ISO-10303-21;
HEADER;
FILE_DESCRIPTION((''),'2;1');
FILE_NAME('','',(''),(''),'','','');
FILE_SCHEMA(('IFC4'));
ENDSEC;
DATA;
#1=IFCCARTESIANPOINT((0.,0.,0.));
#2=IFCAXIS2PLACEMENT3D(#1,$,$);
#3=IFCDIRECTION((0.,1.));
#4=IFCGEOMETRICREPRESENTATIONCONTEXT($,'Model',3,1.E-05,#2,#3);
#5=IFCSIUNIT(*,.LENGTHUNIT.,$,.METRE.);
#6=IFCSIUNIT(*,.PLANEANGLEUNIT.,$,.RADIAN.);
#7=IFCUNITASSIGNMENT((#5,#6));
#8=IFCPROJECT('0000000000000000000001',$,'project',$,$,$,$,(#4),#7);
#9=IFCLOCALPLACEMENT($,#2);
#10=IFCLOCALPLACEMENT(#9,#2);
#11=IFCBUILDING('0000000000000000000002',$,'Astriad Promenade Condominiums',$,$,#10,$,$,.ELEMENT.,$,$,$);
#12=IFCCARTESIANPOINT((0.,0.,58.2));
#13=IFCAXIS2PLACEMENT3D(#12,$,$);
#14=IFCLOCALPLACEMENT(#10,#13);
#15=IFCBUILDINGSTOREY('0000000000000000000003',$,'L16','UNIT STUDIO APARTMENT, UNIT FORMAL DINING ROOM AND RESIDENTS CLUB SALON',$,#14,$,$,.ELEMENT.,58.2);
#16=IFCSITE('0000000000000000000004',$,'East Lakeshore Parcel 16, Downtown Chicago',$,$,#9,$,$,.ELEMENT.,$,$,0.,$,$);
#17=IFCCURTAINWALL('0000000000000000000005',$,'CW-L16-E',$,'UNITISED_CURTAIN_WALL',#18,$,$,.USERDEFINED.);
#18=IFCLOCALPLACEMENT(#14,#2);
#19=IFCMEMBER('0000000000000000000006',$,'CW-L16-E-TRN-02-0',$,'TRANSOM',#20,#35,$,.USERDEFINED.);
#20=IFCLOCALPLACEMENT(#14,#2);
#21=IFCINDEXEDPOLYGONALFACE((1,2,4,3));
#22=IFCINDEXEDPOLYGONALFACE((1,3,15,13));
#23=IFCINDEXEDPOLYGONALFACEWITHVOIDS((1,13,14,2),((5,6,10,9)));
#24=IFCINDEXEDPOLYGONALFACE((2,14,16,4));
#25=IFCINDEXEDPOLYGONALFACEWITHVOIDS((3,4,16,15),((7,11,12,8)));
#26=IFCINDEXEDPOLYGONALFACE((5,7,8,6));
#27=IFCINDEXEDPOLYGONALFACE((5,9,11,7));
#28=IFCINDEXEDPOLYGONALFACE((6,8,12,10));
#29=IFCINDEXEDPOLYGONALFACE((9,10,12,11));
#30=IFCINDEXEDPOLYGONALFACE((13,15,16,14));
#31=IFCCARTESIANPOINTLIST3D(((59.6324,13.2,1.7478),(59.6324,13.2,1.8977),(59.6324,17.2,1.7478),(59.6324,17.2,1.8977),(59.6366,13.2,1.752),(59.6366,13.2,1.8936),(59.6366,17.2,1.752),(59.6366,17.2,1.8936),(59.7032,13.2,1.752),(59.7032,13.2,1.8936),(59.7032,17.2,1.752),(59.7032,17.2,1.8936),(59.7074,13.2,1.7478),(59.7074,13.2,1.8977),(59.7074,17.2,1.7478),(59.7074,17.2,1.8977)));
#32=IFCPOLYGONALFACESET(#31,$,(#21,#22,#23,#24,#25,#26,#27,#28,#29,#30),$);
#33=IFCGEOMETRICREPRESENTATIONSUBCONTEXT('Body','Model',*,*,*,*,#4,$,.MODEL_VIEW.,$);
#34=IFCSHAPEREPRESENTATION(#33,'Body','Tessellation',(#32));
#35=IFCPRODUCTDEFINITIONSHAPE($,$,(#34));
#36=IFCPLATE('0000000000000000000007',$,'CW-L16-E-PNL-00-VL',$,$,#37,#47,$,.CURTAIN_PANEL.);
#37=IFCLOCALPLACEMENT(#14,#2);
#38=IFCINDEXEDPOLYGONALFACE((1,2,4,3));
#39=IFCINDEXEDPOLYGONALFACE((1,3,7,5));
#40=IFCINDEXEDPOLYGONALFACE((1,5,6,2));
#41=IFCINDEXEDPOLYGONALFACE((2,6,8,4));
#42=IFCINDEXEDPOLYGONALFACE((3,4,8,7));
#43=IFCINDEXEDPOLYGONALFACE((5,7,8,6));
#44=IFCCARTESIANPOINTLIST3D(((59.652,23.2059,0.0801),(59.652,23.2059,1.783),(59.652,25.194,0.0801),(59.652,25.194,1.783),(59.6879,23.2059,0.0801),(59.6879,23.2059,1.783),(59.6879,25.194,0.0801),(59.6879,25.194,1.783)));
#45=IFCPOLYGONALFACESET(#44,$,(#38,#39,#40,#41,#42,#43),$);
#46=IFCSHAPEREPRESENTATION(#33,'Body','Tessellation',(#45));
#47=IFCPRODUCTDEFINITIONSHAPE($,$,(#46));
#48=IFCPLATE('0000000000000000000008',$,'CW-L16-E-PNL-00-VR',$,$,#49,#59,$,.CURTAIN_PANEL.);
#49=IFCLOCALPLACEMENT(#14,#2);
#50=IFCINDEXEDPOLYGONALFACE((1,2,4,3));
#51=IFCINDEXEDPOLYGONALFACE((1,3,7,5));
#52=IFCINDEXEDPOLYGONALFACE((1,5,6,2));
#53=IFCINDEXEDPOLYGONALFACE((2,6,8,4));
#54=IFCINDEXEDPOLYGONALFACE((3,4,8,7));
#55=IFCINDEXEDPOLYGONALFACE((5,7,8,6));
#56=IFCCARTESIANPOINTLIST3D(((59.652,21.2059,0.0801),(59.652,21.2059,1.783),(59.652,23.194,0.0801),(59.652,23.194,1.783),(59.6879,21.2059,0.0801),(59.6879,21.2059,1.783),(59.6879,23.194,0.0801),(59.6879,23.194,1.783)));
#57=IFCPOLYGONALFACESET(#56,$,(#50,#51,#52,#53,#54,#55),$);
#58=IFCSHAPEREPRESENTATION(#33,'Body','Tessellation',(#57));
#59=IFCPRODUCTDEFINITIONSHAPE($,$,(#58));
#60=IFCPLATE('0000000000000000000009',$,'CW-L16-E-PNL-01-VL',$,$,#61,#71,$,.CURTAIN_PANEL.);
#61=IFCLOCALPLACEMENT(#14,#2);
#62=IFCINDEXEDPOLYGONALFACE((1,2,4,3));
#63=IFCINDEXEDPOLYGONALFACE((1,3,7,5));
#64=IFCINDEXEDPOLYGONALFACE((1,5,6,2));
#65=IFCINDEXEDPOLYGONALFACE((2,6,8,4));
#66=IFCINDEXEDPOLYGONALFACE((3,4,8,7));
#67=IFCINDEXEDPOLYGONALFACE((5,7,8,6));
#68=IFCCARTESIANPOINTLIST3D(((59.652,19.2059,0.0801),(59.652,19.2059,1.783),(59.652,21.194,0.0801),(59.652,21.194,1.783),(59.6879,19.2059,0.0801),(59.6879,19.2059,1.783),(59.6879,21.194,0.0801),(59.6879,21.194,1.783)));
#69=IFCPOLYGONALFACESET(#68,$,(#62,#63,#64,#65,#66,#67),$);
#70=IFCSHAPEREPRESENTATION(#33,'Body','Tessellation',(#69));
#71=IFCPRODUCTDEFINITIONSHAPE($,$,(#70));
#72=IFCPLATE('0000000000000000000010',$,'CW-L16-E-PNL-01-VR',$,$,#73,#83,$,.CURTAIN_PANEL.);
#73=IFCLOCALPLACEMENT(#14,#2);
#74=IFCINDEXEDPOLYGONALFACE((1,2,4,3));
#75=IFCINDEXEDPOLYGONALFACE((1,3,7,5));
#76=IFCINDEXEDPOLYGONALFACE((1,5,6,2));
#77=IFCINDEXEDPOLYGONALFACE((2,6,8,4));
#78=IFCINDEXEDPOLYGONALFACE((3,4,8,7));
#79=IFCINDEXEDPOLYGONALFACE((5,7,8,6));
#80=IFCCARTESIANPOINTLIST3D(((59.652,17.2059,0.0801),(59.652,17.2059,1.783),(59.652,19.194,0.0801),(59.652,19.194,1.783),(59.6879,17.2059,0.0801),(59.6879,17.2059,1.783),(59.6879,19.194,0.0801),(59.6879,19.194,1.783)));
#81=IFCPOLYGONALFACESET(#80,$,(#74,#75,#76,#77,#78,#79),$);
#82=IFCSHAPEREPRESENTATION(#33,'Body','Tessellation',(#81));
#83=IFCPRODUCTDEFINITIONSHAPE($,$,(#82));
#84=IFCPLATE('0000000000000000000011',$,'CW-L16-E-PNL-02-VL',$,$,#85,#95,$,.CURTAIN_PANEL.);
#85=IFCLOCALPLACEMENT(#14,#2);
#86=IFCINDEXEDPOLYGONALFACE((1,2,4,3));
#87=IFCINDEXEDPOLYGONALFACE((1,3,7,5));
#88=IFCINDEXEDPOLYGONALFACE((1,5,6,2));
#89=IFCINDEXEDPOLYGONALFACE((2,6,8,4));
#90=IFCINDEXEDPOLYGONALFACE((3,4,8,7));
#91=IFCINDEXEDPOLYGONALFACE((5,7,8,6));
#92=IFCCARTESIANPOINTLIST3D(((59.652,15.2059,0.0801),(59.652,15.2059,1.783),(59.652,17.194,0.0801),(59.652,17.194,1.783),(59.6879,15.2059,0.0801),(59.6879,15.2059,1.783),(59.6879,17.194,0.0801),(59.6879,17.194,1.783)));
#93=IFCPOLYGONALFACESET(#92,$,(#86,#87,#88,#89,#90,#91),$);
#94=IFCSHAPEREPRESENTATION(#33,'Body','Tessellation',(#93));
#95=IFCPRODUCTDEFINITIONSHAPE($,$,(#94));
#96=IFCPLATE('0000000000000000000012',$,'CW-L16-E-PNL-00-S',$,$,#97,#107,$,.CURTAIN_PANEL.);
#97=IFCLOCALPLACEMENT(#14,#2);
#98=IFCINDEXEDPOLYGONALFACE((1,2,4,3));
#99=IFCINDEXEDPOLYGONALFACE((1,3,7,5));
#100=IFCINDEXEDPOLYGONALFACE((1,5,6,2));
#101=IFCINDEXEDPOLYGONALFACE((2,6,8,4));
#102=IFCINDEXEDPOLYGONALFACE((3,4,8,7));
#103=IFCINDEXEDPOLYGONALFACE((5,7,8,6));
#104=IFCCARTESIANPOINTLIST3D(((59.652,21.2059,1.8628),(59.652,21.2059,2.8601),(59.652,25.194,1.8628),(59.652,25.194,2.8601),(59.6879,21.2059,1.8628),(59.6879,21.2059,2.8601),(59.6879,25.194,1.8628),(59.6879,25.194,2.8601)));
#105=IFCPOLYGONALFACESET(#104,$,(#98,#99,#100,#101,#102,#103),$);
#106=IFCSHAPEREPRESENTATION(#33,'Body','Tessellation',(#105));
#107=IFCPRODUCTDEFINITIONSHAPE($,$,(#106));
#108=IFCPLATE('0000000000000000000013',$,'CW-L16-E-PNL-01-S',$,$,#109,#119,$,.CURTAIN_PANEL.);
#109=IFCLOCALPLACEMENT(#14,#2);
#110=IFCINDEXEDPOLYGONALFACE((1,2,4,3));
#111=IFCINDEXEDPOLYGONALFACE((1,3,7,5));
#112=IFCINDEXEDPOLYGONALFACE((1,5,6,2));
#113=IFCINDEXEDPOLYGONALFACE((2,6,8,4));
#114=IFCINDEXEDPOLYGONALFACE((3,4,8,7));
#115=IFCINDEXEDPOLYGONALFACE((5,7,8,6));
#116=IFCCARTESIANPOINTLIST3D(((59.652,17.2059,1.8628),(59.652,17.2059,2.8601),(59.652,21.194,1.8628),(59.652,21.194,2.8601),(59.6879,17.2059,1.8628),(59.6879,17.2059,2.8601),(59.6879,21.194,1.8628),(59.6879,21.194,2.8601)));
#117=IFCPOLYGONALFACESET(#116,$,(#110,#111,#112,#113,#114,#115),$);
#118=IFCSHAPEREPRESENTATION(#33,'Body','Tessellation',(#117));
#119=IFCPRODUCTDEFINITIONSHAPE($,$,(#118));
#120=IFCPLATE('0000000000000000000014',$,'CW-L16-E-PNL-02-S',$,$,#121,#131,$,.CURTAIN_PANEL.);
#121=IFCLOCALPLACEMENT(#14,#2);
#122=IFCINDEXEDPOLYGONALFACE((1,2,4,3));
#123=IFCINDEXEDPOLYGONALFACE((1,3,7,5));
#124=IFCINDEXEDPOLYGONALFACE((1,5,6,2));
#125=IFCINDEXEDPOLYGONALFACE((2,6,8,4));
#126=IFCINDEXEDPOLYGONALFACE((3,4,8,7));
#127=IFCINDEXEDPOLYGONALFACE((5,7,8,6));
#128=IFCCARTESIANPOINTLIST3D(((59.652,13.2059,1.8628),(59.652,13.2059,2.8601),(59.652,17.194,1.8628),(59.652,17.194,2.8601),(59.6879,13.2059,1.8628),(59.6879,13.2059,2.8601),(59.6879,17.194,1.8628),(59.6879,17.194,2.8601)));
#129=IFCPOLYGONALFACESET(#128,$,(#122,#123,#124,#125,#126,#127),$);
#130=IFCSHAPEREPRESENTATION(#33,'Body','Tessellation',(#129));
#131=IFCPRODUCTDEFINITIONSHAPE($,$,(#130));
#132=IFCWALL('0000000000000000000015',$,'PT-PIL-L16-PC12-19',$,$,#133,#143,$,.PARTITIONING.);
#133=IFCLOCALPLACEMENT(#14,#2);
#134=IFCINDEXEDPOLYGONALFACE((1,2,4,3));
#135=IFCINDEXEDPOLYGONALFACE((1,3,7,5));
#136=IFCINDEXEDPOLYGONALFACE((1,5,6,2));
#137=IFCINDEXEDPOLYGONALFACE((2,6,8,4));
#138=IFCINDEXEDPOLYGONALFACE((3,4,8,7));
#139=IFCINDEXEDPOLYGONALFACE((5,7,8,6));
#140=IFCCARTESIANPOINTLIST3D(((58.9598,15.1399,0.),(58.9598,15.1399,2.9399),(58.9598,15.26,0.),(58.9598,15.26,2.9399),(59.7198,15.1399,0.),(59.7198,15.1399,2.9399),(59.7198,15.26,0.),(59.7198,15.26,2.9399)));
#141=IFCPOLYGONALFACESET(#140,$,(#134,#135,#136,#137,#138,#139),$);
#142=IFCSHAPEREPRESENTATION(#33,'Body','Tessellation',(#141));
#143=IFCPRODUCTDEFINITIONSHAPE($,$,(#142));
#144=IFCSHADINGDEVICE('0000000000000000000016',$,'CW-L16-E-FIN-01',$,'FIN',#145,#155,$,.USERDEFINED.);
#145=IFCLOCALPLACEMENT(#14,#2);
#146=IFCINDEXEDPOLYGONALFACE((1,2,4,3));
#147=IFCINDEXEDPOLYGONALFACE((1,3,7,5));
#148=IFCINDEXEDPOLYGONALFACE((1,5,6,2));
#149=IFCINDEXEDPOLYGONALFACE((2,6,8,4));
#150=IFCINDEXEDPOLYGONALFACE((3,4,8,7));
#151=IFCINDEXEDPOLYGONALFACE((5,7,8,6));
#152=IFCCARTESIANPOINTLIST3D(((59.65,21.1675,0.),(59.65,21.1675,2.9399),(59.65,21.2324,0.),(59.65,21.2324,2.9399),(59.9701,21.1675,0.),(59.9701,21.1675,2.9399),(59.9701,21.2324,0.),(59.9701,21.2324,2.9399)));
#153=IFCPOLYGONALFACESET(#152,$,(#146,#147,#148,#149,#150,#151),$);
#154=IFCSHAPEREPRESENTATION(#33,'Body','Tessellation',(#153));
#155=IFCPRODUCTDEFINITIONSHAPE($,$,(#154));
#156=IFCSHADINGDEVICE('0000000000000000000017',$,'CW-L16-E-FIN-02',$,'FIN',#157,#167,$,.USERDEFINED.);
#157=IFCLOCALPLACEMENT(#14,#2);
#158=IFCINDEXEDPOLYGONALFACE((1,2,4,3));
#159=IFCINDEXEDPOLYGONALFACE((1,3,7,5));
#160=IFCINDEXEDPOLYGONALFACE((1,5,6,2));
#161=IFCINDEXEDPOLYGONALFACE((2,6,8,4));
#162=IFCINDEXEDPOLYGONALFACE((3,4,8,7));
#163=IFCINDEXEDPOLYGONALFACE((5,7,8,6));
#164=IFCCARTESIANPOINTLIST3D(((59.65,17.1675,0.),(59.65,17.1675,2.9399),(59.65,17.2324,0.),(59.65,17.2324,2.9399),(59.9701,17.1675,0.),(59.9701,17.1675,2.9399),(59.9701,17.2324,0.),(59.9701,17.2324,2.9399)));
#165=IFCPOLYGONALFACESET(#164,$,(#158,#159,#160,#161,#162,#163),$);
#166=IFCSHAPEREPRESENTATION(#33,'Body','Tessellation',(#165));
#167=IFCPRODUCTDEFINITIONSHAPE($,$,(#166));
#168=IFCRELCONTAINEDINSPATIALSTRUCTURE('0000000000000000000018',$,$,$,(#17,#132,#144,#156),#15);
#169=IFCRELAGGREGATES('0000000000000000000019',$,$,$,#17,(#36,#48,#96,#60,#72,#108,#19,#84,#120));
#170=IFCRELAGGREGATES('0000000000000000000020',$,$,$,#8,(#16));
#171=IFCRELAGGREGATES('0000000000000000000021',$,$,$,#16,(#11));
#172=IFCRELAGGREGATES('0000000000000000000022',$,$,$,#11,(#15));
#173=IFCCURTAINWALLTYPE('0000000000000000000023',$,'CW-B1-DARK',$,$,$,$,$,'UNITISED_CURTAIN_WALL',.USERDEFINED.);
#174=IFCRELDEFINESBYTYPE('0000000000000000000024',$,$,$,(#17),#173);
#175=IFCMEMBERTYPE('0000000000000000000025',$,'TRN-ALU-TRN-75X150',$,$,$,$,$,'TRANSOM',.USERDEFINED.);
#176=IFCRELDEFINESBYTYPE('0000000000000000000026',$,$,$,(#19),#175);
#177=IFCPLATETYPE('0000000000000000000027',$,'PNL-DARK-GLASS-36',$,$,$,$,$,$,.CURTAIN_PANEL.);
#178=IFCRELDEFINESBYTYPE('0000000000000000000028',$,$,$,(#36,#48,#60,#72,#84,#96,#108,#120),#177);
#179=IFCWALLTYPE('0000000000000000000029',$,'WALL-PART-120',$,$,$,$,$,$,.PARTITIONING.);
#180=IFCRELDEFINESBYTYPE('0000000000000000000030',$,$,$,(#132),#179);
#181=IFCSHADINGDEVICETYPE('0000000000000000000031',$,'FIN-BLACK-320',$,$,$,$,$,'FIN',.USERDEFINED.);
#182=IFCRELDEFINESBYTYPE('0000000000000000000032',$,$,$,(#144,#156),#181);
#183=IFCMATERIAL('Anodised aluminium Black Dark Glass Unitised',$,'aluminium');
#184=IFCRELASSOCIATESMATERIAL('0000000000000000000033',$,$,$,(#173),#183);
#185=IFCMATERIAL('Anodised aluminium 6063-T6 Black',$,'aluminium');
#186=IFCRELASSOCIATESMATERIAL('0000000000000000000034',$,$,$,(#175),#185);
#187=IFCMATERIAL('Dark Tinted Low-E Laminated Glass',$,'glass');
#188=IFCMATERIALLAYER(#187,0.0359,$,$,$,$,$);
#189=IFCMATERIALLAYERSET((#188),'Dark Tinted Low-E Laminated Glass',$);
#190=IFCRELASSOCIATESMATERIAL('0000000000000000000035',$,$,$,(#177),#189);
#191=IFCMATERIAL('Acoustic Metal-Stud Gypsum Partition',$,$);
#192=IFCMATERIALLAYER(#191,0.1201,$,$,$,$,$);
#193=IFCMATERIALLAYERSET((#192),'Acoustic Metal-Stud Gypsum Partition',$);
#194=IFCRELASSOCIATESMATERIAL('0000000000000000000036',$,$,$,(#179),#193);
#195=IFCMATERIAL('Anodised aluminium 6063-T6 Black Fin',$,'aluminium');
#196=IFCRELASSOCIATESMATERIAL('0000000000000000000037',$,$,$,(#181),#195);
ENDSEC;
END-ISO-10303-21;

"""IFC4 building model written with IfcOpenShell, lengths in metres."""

from ifc_helpers import new_model, si_unit, direction, frame, frame_2d, origin, origin_2d, place, context, subcontext, project, spatial, rectangle, hollow_rectangle, extrude, source, transform, mapped, material, layer, layer_set, material_profile, profile_set, type_object, type_shapes, element, aggregate, save


model = new_model("IFC4")

# Units and contexts
model_context = context("Model", 3, precision=1e-05, world=origin(), true_north=direction((0.0, 1.0)))
body_context = subcontext(model_context, "Body", "Model", "MODEL_VIEW")
ifc_project = project(units=[si_unit("LENGTHUNIT", "METRE"), si_unit("PLANEANGLEUNIT", "RADIAN")], contexts=[model_context])

# Site, building, storey
site_placement = place(None, origin())
site = spatial("IfcSite", under=ifc_project, at=site_placement, Name="East Lakeshore Parcel 16, Downtown Chicago", CompositionType="ELEMENT", RefElevation=0.0)
building_placement = place(site_placement, origin())
building = spatial("IfcBuilding", under=site, at=building_placement, Name="Astriad Promenade Condominiums", CompositionType="ELEMENT")
storey_placement = place(building_placement, frame((0.0, 0.0, 58.2)))
storey = spatial("IfcBuildingStorey", under=building, at=storey_placement, Name="L16", Description="UNIT STUDIO APARTMENT, UNIT FORMAL DINING ROOM AND RESIDENTS CLUB SALON", CompositionType="ELEMENT", Elevation=58.2)

# Curtain wall, member, plates
ifc_material_1 = material(Name="Anodised aluminium Black Dark Glass Unitised", Category="aluminium")
curtain_wall_type = type_object("IfcCurtainWallType", Name="CW-B1-DARK", ElementType="UNITISED_CURTAIN_WALL", PredefinedType="USERDEFINED", material=ifc_material_1)
curtain_wall_placement = place(storey_placement, origin())
curtain_wall = element("IfcCurtainWall", 1, at=curtain_wall_placement, inside=storey, type_object=curtain_wall_type, Name="CW-L16-E", ObjectType="UNITISED_CURTAIN_WALL", PredefinedType="USERDEFINED")
ifc_material_2 = material(Name="Anodised aluminium 6063-T6 Black", Category="aluminium")
ifc_material_profile_1 = material_profile(ifc_material_2, hollow_rectangle(XDim=0.075, YDim=0.1499, WallThickness=0.0042, at=origin_2d()), Name="ALU-TRN-75X150")
ifc_profile_set_1 = profile_set([ifc_material_profile_1], Name="Anodised aluminium 6063-T6 Black")
member_type_1 = type_object("IfcMemberType", Name="TRN-ALU-TRN-75X150", ElementType="TRANSOM", PredefinedType="USERDEFINED", material=ifc_profile_set_1)
shared_shape_1 = source(origin(), body_context, "Body", "SweptSolid", [
    extrude(hollow_rectangle(XDim=0.075, YDim=0.1499, WallThickness=0.0042, at=origin_2d()), origin(), (0.0, 0.0, 1.0), 4.0),
])
type_shapes(member_type_1, [shared_shape_1])
member_1_placement = place(storey_placement, frame((59.6699, 17.2, 1.8228), z_axis=(0.0, -1.0, 0.0), x_axis=(1.0, 0.0, 0.0)))
member_1 = element("IfcMember", 2, at=member_1_placement, type_object=member_type_1, Name="CW-L16-E-TRN-02-0", ObjectType="TRANSOM", PredefinedType="USERDEFINED", context=body_context, shape_type="MappedRepresentation", body=[
    mapped(shared_shape_1, transform((0.0, 0.0, 0.0), scale=1.0)),
])
ifc_material_3 = material(Name="Dark Tinted Low-E Laminated Glass", Category="glass")
ifc_layer_1 = layer(ifc_material_3, 0.0359)
ifc_layer_set_1 = layer_set([ifc_layer_1], Name="Dark Tinted Low-E Laminated Glass")
plate_type = type_object("IfcPlateType", Name="PNL-DARK-GLASS-36", PredefinedType="CURTAIN_PANEL", material=ifc_layer_set_1)
shared_shape_2 = source(origin(), body_context, "Body", "SweptSolid", [
    extrude(rectangle(XDim=1.988, YDim=0.0359, at=origin_2d()), origin(), (0.0, 0.0, 1.0), 1.7029),
])
plate_1_placement = place(storey_placement, frame((59.6699, 24.2, 0.0801), z_axis=(0.0, 0.0, 1.0), x_axis=(0.0, -1.0, 0.0)))
plate_1 = element("IfcPlate", 3, at=plate_1_placement, type_object=plate_type, Name="CW-L16-E-PNL-00-VL", PredefinedType="CURTAIN_PANEL", context=body_context, shape_type="MappedRepresentation", body=[
    mapped(shared_shape_2, transform((0.0, 0.0, 0.0), scale=1.0)),
])
plate_2_placement = place(storey_placement, frame((59.6699, 22.2, 0.0801), z_axis=(0.0, 0.0, 1.0), x_axis=(0.0, -1.0, 0.0)))
plate_2 = element("IfcPlate", 4, at=plate_2_placement, type_object=plate_type, Name="CW-L16-E-PNL-00-VR", PredefinedType="CURTAIN_PANEL", context=body_context, shape_type="MappedRepresentation", body=[
    mapped(shared_shape_2, transform((0.0, 0.0, 0.0), scale=1.0)),
])
plate_3_placement = place(storey_placement, frame((59.6699, 20.2, 0.0801), z_axis=(0.0, 0.0, 1.0), x_axis=(0.0, -1.0, 0.0)))
plate_3 = element("IfcPlate", 5, at=plate_3_placement, type_object=plate_type, Name="CW-L16-E-PNL-01-VL", PredefinedType="CURTAIN_PANEL", context=body_context, shape_type="MappedRepresentation", body=[
    mapped(shared_shape_2, transform((0.0, 0.0, 0.0), scale=1.0)),
])
plate_4_placement = place(storey_placement, frame((59.6699, 18.2, 0.0801), z_axis=(0.0, 0.0, 1.0), x_axis=(0.0, -1.0, 0.0)))
plate_4 = element("IfcPlate", 6, at=plate_4_placement, type_object=plate_type, Name="CW-L16-E-PNL-01-VR", PredefinedType="CURTAIN_PANEL", context=body_context, shape_type="MappedRepresentation", body=[
    mapped(shared_shape_2, transform((0.0, 0.0, 0.0), scale=1.0)),
])
plate_5_placement = place(storey_placement, frame((59.6699, 16.2, 0.0801), z_axis=(0.0, 0.0, 1.0), x_axis=(0.0, -1.0, 0.0)))
plate_5 = element("IfcPlate", 7, at=plate_5_placement, type_object=plate_type, Name="CW-L16-E-PNL-02-VL", PredefinedType="CURTAIN_PANEL", context=body_context, shape_type="MappedRepresentation", body=[
    mapped(shared_shape_2, transform((0.0, 0.0, 0.0), scale=1.0)),
])
shared_shape_3 = source(origin(), body_context, "Body", "SweptSolid", [
    extrude(rectangle(XDim=3.988, YDim=0.0359, at=origin_2d()), origin(), (0.0, 0.0, 1.0), 0.9973),
])
type_shapes(plate_type, [shared_shape_2, shared_shape_3])
plate_6_placement = place(storey_placement, frame((59.6699, 23.2, 1.8628), z_axis=(0.0, 0.0, 1.0), x_axis=(0.0, -1.0, 0.0)))
plate_6 = element("IfcPlate", 8, at=plate_6_placement, type_object=plate_type, Name="CW-L16-E-PNL-00-S", PredefinedType="CURTAIN_PANEL", context=body_context, shape_type="MappedRepresentation", body=[
    mapped(shared_shape_3, transform((0.0, 0.0, 0.0), scale=1.0)),
])
plate_7_placement = place(storey_placement, frame((59.6699, 19.2, 1.8628), z_axis=(0.0, 0.0, 1.0), x_axis=(0.0, -1.0, 0.0)))
plate_7 = element("IfcPlate", 9, at=plate_7_placement, type_object=plate_type, Name="CW-L16-E-PNL-01-S", PredefinedType="CURTAIN_PANEL", context=body_context, shape_type="MappedRepresentation", body=[
    mapped(shared_shape_3, transform((0.0, 0.0, 0.0), scale=1.0)),
])
plate_8_placement = place(storey_placement, frame((59.6699, 15.2, 1.8628), z_axis=(0.0, 0.0, 1.0), x_axis=(0.0, -1.0, 0.0)))
plate_8 = element("IfcPlate", 10, at=plate_8_placement, type_object=plate_type, Name="CW-L16-E-PNL-02-S", PredefinedType="CURTAIN_PANEL", context=body_context, shape_type="MappedRepresentation", body=[
    mapped(shared_shape_3, transform((0.0, 0.0, 0.0), scale=1.0)),
])
aggregate(curtain_wall, [plate_1, plate_2, plate_6, plate_3, plate_4, plate_7, member_1, plate_5, plate_8])

# Wall
ifc_material_4 = material(Name="Acoustic Metal-Stud Gypsum Partition")
ifc_layer_2 = layer(ifc_material_4, 0.1201)
ifc_layer_set_2 = layer_set([ifc_layer_2], Name="Acoustic Metal-Stud Gypsum Partition")
wall_type = type_object("IfcWallType", Name="WALL-PART-120", PredefinedType="PARTITIONING", material=ifc_layer_set_2)
wall_placement = place(storey_placement, frame((58.96, 15.2, 0.0), z_axis=(0.0, 0.0, 1.0), x_axis=(1.0, 0.0, 0.0)))
element("IfcWall", 11, at=wall_placement, inside=storey, type_object=wall_type, Name="PT-PIL-L16-PC12-19", PredefinedType="PARTITIONING", context=body_context, shape_type="SweptSolid", body=[
    extrude(rectangle(XDim=0.76, YDim=0.1201, at=frame_2d((0.3799, 0.0))), origin(), (0.0, 0.0, 1.0), 2.9399),
])

# Shading devices
ifc_material_5 = material(Name="Anodised aluminium 6063-T6 Black Fin", Category="aluminium")
shading_device_type = type_object("IfcShadingDeviceType", Name="FIN-BLACK-320", ElementType="FIN", PredefinedType="USERDEFINED", material=ifc_material_5)
shared_shape_4 = source(origin(), body_context, "Body", "SweptSolid", [
    extrude(rectangle(XDim=0.0649, YDim=0.3201, at=origin_2d()), origin(), (0.0, 0.0, 1.0), 2.9399),
])
type_shapes(shading_device_type, [shared_shape_4])
for number, where, z_axis, x_axis, name in (
    (12, (59.8101, 21.2, 0.0), (0.0, 0.0, 1.0), (0.0, -1.0, 0.0), "CW-L16-E-FIN-01"),
    (13, (59.8101, 17.2, 0.0), (0.0, 0.0, 1.0), (0.0, -1.0, 0.0), "CW-L16-E-FIN-02"),
):
    element("IfcShadingDevice", number, at=place(storey_placement, frame(where, z_axis=z_axis, x_axis=x_axis)), inside=storey, type_object=shading_device_type, Name=name, ObjectType="FIN", PredefinedType="USERDEFINED", context=body_context, shape_type="MappedRepresentation", body=[
        mapped(shared_shape_4, transform((0.0, 0.0, 0.0), scale=1.0)),
    ])

save(model, "model.ifc")
